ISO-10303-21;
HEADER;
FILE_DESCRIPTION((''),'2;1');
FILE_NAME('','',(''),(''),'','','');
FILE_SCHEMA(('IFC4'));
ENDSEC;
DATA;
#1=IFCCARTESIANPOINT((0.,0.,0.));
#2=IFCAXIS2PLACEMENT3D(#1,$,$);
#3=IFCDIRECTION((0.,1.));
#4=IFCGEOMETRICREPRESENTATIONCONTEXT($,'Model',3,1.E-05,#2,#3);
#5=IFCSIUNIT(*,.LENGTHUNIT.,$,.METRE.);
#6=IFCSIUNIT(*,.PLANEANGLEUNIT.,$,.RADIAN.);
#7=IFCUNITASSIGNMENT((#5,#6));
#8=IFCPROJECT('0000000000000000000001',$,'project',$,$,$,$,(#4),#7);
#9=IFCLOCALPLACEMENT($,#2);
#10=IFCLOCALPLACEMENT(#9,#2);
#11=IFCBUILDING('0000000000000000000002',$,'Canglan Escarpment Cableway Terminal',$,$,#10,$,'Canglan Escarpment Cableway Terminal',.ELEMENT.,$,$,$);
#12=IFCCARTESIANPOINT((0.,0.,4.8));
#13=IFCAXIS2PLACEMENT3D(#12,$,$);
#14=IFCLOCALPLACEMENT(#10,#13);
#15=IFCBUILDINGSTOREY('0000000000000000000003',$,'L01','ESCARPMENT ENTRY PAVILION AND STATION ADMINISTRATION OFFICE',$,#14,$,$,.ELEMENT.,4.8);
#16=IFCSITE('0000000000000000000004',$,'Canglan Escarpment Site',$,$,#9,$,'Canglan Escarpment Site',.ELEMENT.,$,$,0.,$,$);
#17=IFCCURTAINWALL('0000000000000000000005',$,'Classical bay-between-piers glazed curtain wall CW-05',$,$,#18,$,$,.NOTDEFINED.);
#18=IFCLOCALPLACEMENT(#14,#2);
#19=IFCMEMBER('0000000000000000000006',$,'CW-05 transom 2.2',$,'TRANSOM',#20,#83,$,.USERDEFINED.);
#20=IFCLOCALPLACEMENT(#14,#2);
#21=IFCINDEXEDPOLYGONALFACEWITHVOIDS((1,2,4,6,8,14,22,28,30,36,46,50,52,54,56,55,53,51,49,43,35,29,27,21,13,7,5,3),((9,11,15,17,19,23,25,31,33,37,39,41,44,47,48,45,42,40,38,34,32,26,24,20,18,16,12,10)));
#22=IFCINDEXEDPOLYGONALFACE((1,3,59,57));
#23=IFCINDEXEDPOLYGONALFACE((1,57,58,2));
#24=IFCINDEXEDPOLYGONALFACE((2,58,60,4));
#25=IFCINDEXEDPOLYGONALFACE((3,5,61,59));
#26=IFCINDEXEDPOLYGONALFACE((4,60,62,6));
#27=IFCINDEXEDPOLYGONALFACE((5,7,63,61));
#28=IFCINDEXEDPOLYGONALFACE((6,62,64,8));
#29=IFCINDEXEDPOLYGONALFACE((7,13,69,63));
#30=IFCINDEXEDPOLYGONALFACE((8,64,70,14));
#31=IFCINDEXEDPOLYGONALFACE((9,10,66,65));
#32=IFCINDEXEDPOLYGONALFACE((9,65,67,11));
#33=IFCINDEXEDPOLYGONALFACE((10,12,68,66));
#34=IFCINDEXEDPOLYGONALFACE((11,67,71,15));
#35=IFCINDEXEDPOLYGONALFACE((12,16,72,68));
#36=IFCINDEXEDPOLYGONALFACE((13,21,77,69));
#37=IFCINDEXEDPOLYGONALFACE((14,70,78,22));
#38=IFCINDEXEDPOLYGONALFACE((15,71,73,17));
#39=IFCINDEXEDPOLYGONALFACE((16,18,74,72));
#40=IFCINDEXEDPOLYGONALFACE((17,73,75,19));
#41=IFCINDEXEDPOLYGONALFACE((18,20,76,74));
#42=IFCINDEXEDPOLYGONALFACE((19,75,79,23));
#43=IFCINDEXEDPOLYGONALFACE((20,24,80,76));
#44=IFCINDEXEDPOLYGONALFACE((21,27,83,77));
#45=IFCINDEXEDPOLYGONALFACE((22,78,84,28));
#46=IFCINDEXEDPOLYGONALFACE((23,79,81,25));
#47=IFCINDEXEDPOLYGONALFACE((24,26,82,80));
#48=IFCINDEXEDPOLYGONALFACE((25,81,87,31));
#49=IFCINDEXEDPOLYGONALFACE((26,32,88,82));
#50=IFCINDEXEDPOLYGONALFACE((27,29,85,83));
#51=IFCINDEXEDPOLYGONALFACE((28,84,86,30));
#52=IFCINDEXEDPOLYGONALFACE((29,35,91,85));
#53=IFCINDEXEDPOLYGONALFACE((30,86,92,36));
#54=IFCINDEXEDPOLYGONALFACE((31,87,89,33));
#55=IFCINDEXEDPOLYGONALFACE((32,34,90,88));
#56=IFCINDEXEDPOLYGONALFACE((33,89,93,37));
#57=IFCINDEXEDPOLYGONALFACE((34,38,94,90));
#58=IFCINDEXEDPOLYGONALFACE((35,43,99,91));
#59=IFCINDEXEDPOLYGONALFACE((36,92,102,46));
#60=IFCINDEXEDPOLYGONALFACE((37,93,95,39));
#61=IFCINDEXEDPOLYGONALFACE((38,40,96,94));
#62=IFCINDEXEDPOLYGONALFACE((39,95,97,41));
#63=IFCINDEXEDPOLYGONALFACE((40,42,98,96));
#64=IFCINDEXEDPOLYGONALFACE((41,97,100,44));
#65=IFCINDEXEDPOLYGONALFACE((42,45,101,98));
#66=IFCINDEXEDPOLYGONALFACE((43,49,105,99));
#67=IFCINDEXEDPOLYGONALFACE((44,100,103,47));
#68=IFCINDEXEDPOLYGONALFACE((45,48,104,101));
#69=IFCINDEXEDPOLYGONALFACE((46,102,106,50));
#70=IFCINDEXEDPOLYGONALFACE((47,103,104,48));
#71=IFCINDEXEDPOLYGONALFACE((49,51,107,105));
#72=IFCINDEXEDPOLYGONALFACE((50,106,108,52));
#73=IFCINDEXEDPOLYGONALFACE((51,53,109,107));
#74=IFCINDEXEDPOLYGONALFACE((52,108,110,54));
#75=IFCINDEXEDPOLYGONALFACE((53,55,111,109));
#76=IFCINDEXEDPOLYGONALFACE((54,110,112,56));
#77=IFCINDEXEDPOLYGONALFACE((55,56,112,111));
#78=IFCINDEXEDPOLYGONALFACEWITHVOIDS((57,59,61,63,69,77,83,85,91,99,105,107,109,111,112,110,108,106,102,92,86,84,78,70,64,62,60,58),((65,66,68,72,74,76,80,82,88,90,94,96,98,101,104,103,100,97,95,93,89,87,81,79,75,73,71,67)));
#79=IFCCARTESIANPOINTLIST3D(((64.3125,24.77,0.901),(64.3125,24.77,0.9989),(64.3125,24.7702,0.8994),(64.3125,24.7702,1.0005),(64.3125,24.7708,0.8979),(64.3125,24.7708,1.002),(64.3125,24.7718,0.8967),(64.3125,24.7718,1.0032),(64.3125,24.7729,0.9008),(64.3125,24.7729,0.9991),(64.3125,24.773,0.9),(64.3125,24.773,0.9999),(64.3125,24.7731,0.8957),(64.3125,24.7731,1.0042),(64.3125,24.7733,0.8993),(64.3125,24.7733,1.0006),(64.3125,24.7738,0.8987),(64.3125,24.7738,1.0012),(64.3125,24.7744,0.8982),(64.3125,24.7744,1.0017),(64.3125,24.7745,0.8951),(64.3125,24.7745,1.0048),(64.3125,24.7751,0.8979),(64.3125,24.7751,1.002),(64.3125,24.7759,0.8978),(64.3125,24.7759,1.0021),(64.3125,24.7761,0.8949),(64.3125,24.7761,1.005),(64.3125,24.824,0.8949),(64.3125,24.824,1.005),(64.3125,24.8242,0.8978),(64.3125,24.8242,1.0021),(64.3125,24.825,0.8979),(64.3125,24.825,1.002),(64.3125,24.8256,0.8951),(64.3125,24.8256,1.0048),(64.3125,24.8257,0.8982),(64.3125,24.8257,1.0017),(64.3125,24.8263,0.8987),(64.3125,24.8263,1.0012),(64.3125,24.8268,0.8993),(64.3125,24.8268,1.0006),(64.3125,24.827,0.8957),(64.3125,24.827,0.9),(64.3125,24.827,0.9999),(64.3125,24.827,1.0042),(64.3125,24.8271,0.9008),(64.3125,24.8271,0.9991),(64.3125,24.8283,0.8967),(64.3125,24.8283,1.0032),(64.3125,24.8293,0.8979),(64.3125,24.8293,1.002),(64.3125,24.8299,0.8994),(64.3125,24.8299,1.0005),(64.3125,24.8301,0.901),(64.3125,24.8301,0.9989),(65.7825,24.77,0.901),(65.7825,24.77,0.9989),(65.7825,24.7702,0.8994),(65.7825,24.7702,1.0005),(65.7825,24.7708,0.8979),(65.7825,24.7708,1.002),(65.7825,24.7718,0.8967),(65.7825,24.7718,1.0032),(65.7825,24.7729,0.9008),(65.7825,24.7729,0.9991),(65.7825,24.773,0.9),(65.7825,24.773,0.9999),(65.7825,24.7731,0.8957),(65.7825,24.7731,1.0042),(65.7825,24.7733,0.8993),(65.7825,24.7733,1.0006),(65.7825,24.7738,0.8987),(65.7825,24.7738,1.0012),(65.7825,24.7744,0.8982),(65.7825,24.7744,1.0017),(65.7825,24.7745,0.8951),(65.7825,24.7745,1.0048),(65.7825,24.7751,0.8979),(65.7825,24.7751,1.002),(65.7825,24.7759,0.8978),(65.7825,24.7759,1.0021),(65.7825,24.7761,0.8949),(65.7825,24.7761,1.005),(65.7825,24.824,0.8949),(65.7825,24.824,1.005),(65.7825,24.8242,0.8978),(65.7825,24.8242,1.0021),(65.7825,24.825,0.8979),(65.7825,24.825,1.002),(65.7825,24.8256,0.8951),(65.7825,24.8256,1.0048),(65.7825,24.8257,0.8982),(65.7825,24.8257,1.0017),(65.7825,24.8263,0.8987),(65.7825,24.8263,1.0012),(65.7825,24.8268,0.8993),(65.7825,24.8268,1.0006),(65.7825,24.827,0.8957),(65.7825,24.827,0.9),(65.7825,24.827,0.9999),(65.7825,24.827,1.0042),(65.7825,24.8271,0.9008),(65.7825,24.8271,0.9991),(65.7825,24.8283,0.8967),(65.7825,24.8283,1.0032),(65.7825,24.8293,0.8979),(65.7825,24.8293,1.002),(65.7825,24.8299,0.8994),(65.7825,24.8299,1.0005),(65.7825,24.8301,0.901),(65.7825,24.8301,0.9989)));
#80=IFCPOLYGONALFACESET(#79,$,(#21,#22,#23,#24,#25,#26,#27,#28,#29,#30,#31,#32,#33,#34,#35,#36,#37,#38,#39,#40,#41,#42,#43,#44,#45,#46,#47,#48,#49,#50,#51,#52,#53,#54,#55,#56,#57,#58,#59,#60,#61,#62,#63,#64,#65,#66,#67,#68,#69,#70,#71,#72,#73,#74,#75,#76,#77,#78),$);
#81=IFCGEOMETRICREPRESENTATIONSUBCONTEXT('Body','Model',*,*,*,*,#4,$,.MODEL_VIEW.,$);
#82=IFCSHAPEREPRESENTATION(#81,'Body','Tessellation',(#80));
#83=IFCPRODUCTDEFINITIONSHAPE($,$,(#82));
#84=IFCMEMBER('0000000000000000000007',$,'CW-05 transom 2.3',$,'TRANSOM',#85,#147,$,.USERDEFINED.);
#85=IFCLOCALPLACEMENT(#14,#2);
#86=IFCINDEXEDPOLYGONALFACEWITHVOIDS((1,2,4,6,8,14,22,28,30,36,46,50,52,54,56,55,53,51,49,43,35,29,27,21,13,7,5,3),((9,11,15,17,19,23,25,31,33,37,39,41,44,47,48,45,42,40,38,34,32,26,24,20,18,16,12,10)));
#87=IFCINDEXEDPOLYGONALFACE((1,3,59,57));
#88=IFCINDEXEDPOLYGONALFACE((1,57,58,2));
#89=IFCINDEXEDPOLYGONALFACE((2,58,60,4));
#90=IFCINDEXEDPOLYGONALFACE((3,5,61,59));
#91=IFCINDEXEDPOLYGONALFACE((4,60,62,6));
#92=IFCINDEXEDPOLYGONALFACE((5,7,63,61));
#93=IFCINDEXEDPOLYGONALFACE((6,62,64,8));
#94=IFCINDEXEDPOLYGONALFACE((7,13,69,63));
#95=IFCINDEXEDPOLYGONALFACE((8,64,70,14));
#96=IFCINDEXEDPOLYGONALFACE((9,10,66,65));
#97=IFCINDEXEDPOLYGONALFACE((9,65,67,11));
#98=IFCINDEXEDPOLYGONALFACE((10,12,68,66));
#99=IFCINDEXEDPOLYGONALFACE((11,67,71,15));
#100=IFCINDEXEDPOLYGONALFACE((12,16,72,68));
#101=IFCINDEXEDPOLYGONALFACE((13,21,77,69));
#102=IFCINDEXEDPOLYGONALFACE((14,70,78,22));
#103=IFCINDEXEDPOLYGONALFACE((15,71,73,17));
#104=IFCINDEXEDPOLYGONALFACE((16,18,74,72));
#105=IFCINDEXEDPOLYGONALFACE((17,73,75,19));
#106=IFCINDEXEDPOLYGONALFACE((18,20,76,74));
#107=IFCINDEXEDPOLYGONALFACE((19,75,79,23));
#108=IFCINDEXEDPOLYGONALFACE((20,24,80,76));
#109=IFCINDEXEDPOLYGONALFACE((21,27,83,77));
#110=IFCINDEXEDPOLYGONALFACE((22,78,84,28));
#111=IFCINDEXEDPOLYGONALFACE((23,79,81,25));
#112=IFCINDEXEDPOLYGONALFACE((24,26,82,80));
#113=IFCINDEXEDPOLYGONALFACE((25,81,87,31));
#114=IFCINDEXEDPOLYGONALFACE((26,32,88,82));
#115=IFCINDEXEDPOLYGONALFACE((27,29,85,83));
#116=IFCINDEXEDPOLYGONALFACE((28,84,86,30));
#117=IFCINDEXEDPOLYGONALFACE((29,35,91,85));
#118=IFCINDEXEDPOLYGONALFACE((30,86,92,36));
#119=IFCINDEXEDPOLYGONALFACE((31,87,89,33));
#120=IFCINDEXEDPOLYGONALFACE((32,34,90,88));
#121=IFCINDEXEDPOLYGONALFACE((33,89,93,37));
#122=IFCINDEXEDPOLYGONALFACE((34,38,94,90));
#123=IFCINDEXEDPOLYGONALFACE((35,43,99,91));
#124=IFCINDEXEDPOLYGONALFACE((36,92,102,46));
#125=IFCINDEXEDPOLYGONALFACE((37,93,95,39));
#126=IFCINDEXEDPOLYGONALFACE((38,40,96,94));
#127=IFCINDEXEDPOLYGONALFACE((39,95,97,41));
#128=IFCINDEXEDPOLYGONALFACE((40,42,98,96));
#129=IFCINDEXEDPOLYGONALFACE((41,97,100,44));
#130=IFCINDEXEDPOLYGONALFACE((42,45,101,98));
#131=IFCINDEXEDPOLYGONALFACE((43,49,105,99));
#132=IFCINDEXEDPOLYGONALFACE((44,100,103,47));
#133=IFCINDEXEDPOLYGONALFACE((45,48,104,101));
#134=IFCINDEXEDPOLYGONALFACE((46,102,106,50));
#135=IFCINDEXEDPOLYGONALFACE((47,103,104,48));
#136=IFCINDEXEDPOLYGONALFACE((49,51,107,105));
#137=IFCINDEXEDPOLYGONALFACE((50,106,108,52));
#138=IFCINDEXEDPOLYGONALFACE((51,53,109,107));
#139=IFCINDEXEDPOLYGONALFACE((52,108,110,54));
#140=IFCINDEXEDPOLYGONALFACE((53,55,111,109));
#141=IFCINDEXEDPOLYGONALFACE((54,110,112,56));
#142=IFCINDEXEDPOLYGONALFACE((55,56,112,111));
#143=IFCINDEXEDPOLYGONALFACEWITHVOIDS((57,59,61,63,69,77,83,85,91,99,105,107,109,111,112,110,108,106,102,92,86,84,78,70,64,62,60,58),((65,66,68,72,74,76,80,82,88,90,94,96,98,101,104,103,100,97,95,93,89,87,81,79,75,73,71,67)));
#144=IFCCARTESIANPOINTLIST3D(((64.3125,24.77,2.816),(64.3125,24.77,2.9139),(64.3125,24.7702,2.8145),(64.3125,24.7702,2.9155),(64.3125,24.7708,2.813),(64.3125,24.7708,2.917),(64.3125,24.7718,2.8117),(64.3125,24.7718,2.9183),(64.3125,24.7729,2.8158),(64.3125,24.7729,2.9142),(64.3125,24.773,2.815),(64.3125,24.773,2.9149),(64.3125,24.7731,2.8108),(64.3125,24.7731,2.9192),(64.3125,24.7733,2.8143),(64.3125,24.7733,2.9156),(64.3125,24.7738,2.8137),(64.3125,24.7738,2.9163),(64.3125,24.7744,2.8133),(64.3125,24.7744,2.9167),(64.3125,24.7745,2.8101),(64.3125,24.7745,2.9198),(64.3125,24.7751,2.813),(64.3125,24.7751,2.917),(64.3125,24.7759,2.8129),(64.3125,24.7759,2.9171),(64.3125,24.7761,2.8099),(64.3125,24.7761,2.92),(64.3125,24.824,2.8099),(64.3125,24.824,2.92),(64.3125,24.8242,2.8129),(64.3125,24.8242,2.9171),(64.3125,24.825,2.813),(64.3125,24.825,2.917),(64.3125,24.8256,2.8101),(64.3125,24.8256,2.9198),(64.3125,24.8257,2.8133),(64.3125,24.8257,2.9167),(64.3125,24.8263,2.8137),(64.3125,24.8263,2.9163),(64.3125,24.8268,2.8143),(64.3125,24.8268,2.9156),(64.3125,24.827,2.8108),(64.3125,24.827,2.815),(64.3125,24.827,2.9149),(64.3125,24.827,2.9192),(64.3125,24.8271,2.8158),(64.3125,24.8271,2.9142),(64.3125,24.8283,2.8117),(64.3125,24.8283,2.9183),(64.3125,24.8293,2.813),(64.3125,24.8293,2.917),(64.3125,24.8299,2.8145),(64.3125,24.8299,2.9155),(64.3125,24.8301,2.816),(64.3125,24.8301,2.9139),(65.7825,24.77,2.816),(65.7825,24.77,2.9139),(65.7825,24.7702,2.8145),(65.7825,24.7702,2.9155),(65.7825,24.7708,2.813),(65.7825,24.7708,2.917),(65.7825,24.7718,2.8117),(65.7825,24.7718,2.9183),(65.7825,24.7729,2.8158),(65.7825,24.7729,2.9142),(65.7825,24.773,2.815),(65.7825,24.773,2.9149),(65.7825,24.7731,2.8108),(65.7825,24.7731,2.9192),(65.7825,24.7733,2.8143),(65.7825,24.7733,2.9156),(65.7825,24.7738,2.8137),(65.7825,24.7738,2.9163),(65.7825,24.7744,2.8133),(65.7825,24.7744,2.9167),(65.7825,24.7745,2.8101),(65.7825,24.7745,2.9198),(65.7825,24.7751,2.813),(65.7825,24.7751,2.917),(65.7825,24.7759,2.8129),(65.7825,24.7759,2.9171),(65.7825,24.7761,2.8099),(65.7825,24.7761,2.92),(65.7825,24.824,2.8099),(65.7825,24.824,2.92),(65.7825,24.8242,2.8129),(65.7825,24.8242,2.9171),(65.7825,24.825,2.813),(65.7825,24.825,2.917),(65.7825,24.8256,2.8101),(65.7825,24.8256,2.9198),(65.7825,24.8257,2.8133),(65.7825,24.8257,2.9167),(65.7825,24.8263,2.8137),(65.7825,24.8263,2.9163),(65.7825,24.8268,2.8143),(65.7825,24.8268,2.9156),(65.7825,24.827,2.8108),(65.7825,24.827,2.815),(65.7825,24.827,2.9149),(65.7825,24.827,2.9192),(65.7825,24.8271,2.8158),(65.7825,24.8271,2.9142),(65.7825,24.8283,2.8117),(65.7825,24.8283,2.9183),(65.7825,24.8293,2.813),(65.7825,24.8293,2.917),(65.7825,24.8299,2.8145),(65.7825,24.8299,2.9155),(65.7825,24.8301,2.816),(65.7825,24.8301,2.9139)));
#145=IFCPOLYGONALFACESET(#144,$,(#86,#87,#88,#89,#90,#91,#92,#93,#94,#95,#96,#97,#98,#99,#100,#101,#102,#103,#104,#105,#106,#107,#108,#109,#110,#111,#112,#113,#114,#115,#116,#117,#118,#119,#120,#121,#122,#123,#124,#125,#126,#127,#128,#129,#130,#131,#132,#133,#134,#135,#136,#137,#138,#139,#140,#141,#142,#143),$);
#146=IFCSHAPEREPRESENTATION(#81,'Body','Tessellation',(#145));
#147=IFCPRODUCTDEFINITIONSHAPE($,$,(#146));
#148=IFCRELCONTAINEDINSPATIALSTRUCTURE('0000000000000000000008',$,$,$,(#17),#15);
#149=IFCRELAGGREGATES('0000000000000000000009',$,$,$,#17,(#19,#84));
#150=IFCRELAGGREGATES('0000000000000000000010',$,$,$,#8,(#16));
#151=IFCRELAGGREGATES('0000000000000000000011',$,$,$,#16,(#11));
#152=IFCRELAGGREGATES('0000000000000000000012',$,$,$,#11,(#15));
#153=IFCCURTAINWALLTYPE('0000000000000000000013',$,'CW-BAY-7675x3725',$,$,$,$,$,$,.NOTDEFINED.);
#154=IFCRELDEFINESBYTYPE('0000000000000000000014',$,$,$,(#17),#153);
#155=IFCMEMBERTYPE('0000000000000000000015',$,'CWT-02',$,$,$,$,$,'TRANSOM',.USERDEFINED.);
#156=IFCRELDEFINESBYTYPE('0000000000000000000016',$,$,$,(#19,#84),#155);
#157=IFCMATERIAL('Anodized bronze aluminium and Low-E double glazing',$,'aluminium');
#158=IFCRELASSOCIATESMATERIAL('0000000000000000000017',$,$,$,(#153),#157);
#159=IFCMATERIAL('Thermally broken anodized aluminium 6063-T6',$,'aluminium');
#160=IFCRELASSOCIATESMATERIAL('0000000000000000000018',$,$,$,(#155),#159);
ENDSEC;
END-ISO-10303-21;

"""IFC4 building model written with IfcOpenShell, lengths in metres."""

from ifc_helpers import new_model, si_unit, direction, frame, origin, origin_2d, place, context, subcontext, project, spatial, hollow_rectangle, extrude, material, material_profile, profile_set, type_object, element, aggregate, save


model = new_model("IFC4")

# Units and contexts
model_context = context("Model", 3, precision=1e-05, world=origin(), true_north=direction((0.0, 1.0)))
body_context = subcontext(model_context, "Body", "Model", "MODEL_VIEW")
ifc_project = project(units=[si_unit("LENGTHUNIT", "METRE"), si_unit("PLANEANGLEUNIT", "RADIAN")], contexts=[model_context])

# Site, building, storey
site_placement = place(None, origin())
site = spatial("IfcSite", under=ifc_project, at=site_placement, Name="Canglan Escarpment Site", LongName="Canglan Escarpment Site", CompositionType="ELEMENT", RefElevation=0.0)
building_placement = place(site_placement, origin())
building = spatial("IfcBuilding", under=site, at=building_placement, Name="Canglan Escarpment Cableway Terminal", LongName="Canglan Escarpment Cableway Terminal", CompositionType="ELEMENT")
storey_placement = place(building_placement, frame((0.0, 0.0, 4.8)))
storey = spatial("IfcBuildingStorey", under=building, at=storey_placement, Name="L01", Description="ESCARPMENT ENTRY PAVILION AND STATION ADMINISTRATION OFFICE", CompositionType="ELEMENT", Elevation=4.8)

# Curtain wall, members
ifc_material_1 = material(Name="Anodized bronze aluminium and Low-E double glazing", Category="aluminium")
curtain_wall_type = type_object("IfcCurtainWallType", Name="CW-BAY-7675x3725", PredefinedType="NOTDEFINED", material=ifc_material_1)
curtain_wall_placement = place(storey_placement, origin())
curtain_wall = element("IfcCurtainWall", 1, at=curtain_wall_placement, inside=storey, type_object=curtain_wall_type, Name="Classical bay-between-piers glazed curtain wall CW-05", PredefinedType="NOTDEFINED")
ifc_material_2 = material(Name="Thermally broken anodized aluminium 6063-T6", Category="aluminium")
ifc_material_profile_1 = material_profile(ifc_material_2, hollow_rectangle(XDim=0.0601, YDim=0.1101, WallThickness=0.0029, InnerFilletRadius=0.0029, OuterFilletRadius=0.0061, at=origin_2d()), Name="ALU-TRAN 60x110x3")
ifc_profile_set_1 = profile_set([ifc_material_profile_1], Name="Thermally broken anodized aluminium 6063-T6")
member_type_1 = type_object("IfcMemberType", Name="CWT-02", ElementType="TRANSOM", PredefinedType="USERDEFINED", material=ifc_profile_set_1)
member_1_placement = place(storey_placement, frame((65.7825, 24.8, 0.95), z_axis=(-1.0, 0.0, 0.0), x_axis=(0.0, -1.0, 0.0)))
member_1 = element("IfcMember", 2, at=member_1_placement, type_object=member_type_1, Name="CW-05 transom 2.2", ObjectType="TRANSOM", PredefinedType="USERDEFINED", context=body_context, shape_type="SweptSolid", body=[
    extrude(hollow_rectangle(XDim=0.0601, YDim=0.1101, WallThickness=0.0029, InnerFilletRadius=0.0029, OuterFilletRadius=0.0061, at=origin_2d()), origin(), (0.0, 0.0, 1.0), 1.47),
])
member_2_placement = place(storey_placement, frame((65.7825, 24.8, 2.865), z_axis=(-1.0, 0.0, 0.0), x_axis=(0.0, -1.0, 0.0)))
member_2 = element("IfcMember", 3, at=member_2_placement, type_object=member_type_1, Name="CW-05 transom 2.3", ObjectType="TRANSOM", PredefinedType="USERDEFINED", context=body_context, shape_type="SweptSolid", body=[
    extrude(hollow_rectangle(XDim=0.0601, YDim=0.1101, WallThickness=0.0029, InnerFilletRadius=0.0029, OuterFilletRadius=0.0061, at=origin_2d()), origin(), (0.0, 0.0, 1.0), 1.47),
])
aggregate(curtain_wall, [member_1, member_2])

save(model, "model.ifc")
